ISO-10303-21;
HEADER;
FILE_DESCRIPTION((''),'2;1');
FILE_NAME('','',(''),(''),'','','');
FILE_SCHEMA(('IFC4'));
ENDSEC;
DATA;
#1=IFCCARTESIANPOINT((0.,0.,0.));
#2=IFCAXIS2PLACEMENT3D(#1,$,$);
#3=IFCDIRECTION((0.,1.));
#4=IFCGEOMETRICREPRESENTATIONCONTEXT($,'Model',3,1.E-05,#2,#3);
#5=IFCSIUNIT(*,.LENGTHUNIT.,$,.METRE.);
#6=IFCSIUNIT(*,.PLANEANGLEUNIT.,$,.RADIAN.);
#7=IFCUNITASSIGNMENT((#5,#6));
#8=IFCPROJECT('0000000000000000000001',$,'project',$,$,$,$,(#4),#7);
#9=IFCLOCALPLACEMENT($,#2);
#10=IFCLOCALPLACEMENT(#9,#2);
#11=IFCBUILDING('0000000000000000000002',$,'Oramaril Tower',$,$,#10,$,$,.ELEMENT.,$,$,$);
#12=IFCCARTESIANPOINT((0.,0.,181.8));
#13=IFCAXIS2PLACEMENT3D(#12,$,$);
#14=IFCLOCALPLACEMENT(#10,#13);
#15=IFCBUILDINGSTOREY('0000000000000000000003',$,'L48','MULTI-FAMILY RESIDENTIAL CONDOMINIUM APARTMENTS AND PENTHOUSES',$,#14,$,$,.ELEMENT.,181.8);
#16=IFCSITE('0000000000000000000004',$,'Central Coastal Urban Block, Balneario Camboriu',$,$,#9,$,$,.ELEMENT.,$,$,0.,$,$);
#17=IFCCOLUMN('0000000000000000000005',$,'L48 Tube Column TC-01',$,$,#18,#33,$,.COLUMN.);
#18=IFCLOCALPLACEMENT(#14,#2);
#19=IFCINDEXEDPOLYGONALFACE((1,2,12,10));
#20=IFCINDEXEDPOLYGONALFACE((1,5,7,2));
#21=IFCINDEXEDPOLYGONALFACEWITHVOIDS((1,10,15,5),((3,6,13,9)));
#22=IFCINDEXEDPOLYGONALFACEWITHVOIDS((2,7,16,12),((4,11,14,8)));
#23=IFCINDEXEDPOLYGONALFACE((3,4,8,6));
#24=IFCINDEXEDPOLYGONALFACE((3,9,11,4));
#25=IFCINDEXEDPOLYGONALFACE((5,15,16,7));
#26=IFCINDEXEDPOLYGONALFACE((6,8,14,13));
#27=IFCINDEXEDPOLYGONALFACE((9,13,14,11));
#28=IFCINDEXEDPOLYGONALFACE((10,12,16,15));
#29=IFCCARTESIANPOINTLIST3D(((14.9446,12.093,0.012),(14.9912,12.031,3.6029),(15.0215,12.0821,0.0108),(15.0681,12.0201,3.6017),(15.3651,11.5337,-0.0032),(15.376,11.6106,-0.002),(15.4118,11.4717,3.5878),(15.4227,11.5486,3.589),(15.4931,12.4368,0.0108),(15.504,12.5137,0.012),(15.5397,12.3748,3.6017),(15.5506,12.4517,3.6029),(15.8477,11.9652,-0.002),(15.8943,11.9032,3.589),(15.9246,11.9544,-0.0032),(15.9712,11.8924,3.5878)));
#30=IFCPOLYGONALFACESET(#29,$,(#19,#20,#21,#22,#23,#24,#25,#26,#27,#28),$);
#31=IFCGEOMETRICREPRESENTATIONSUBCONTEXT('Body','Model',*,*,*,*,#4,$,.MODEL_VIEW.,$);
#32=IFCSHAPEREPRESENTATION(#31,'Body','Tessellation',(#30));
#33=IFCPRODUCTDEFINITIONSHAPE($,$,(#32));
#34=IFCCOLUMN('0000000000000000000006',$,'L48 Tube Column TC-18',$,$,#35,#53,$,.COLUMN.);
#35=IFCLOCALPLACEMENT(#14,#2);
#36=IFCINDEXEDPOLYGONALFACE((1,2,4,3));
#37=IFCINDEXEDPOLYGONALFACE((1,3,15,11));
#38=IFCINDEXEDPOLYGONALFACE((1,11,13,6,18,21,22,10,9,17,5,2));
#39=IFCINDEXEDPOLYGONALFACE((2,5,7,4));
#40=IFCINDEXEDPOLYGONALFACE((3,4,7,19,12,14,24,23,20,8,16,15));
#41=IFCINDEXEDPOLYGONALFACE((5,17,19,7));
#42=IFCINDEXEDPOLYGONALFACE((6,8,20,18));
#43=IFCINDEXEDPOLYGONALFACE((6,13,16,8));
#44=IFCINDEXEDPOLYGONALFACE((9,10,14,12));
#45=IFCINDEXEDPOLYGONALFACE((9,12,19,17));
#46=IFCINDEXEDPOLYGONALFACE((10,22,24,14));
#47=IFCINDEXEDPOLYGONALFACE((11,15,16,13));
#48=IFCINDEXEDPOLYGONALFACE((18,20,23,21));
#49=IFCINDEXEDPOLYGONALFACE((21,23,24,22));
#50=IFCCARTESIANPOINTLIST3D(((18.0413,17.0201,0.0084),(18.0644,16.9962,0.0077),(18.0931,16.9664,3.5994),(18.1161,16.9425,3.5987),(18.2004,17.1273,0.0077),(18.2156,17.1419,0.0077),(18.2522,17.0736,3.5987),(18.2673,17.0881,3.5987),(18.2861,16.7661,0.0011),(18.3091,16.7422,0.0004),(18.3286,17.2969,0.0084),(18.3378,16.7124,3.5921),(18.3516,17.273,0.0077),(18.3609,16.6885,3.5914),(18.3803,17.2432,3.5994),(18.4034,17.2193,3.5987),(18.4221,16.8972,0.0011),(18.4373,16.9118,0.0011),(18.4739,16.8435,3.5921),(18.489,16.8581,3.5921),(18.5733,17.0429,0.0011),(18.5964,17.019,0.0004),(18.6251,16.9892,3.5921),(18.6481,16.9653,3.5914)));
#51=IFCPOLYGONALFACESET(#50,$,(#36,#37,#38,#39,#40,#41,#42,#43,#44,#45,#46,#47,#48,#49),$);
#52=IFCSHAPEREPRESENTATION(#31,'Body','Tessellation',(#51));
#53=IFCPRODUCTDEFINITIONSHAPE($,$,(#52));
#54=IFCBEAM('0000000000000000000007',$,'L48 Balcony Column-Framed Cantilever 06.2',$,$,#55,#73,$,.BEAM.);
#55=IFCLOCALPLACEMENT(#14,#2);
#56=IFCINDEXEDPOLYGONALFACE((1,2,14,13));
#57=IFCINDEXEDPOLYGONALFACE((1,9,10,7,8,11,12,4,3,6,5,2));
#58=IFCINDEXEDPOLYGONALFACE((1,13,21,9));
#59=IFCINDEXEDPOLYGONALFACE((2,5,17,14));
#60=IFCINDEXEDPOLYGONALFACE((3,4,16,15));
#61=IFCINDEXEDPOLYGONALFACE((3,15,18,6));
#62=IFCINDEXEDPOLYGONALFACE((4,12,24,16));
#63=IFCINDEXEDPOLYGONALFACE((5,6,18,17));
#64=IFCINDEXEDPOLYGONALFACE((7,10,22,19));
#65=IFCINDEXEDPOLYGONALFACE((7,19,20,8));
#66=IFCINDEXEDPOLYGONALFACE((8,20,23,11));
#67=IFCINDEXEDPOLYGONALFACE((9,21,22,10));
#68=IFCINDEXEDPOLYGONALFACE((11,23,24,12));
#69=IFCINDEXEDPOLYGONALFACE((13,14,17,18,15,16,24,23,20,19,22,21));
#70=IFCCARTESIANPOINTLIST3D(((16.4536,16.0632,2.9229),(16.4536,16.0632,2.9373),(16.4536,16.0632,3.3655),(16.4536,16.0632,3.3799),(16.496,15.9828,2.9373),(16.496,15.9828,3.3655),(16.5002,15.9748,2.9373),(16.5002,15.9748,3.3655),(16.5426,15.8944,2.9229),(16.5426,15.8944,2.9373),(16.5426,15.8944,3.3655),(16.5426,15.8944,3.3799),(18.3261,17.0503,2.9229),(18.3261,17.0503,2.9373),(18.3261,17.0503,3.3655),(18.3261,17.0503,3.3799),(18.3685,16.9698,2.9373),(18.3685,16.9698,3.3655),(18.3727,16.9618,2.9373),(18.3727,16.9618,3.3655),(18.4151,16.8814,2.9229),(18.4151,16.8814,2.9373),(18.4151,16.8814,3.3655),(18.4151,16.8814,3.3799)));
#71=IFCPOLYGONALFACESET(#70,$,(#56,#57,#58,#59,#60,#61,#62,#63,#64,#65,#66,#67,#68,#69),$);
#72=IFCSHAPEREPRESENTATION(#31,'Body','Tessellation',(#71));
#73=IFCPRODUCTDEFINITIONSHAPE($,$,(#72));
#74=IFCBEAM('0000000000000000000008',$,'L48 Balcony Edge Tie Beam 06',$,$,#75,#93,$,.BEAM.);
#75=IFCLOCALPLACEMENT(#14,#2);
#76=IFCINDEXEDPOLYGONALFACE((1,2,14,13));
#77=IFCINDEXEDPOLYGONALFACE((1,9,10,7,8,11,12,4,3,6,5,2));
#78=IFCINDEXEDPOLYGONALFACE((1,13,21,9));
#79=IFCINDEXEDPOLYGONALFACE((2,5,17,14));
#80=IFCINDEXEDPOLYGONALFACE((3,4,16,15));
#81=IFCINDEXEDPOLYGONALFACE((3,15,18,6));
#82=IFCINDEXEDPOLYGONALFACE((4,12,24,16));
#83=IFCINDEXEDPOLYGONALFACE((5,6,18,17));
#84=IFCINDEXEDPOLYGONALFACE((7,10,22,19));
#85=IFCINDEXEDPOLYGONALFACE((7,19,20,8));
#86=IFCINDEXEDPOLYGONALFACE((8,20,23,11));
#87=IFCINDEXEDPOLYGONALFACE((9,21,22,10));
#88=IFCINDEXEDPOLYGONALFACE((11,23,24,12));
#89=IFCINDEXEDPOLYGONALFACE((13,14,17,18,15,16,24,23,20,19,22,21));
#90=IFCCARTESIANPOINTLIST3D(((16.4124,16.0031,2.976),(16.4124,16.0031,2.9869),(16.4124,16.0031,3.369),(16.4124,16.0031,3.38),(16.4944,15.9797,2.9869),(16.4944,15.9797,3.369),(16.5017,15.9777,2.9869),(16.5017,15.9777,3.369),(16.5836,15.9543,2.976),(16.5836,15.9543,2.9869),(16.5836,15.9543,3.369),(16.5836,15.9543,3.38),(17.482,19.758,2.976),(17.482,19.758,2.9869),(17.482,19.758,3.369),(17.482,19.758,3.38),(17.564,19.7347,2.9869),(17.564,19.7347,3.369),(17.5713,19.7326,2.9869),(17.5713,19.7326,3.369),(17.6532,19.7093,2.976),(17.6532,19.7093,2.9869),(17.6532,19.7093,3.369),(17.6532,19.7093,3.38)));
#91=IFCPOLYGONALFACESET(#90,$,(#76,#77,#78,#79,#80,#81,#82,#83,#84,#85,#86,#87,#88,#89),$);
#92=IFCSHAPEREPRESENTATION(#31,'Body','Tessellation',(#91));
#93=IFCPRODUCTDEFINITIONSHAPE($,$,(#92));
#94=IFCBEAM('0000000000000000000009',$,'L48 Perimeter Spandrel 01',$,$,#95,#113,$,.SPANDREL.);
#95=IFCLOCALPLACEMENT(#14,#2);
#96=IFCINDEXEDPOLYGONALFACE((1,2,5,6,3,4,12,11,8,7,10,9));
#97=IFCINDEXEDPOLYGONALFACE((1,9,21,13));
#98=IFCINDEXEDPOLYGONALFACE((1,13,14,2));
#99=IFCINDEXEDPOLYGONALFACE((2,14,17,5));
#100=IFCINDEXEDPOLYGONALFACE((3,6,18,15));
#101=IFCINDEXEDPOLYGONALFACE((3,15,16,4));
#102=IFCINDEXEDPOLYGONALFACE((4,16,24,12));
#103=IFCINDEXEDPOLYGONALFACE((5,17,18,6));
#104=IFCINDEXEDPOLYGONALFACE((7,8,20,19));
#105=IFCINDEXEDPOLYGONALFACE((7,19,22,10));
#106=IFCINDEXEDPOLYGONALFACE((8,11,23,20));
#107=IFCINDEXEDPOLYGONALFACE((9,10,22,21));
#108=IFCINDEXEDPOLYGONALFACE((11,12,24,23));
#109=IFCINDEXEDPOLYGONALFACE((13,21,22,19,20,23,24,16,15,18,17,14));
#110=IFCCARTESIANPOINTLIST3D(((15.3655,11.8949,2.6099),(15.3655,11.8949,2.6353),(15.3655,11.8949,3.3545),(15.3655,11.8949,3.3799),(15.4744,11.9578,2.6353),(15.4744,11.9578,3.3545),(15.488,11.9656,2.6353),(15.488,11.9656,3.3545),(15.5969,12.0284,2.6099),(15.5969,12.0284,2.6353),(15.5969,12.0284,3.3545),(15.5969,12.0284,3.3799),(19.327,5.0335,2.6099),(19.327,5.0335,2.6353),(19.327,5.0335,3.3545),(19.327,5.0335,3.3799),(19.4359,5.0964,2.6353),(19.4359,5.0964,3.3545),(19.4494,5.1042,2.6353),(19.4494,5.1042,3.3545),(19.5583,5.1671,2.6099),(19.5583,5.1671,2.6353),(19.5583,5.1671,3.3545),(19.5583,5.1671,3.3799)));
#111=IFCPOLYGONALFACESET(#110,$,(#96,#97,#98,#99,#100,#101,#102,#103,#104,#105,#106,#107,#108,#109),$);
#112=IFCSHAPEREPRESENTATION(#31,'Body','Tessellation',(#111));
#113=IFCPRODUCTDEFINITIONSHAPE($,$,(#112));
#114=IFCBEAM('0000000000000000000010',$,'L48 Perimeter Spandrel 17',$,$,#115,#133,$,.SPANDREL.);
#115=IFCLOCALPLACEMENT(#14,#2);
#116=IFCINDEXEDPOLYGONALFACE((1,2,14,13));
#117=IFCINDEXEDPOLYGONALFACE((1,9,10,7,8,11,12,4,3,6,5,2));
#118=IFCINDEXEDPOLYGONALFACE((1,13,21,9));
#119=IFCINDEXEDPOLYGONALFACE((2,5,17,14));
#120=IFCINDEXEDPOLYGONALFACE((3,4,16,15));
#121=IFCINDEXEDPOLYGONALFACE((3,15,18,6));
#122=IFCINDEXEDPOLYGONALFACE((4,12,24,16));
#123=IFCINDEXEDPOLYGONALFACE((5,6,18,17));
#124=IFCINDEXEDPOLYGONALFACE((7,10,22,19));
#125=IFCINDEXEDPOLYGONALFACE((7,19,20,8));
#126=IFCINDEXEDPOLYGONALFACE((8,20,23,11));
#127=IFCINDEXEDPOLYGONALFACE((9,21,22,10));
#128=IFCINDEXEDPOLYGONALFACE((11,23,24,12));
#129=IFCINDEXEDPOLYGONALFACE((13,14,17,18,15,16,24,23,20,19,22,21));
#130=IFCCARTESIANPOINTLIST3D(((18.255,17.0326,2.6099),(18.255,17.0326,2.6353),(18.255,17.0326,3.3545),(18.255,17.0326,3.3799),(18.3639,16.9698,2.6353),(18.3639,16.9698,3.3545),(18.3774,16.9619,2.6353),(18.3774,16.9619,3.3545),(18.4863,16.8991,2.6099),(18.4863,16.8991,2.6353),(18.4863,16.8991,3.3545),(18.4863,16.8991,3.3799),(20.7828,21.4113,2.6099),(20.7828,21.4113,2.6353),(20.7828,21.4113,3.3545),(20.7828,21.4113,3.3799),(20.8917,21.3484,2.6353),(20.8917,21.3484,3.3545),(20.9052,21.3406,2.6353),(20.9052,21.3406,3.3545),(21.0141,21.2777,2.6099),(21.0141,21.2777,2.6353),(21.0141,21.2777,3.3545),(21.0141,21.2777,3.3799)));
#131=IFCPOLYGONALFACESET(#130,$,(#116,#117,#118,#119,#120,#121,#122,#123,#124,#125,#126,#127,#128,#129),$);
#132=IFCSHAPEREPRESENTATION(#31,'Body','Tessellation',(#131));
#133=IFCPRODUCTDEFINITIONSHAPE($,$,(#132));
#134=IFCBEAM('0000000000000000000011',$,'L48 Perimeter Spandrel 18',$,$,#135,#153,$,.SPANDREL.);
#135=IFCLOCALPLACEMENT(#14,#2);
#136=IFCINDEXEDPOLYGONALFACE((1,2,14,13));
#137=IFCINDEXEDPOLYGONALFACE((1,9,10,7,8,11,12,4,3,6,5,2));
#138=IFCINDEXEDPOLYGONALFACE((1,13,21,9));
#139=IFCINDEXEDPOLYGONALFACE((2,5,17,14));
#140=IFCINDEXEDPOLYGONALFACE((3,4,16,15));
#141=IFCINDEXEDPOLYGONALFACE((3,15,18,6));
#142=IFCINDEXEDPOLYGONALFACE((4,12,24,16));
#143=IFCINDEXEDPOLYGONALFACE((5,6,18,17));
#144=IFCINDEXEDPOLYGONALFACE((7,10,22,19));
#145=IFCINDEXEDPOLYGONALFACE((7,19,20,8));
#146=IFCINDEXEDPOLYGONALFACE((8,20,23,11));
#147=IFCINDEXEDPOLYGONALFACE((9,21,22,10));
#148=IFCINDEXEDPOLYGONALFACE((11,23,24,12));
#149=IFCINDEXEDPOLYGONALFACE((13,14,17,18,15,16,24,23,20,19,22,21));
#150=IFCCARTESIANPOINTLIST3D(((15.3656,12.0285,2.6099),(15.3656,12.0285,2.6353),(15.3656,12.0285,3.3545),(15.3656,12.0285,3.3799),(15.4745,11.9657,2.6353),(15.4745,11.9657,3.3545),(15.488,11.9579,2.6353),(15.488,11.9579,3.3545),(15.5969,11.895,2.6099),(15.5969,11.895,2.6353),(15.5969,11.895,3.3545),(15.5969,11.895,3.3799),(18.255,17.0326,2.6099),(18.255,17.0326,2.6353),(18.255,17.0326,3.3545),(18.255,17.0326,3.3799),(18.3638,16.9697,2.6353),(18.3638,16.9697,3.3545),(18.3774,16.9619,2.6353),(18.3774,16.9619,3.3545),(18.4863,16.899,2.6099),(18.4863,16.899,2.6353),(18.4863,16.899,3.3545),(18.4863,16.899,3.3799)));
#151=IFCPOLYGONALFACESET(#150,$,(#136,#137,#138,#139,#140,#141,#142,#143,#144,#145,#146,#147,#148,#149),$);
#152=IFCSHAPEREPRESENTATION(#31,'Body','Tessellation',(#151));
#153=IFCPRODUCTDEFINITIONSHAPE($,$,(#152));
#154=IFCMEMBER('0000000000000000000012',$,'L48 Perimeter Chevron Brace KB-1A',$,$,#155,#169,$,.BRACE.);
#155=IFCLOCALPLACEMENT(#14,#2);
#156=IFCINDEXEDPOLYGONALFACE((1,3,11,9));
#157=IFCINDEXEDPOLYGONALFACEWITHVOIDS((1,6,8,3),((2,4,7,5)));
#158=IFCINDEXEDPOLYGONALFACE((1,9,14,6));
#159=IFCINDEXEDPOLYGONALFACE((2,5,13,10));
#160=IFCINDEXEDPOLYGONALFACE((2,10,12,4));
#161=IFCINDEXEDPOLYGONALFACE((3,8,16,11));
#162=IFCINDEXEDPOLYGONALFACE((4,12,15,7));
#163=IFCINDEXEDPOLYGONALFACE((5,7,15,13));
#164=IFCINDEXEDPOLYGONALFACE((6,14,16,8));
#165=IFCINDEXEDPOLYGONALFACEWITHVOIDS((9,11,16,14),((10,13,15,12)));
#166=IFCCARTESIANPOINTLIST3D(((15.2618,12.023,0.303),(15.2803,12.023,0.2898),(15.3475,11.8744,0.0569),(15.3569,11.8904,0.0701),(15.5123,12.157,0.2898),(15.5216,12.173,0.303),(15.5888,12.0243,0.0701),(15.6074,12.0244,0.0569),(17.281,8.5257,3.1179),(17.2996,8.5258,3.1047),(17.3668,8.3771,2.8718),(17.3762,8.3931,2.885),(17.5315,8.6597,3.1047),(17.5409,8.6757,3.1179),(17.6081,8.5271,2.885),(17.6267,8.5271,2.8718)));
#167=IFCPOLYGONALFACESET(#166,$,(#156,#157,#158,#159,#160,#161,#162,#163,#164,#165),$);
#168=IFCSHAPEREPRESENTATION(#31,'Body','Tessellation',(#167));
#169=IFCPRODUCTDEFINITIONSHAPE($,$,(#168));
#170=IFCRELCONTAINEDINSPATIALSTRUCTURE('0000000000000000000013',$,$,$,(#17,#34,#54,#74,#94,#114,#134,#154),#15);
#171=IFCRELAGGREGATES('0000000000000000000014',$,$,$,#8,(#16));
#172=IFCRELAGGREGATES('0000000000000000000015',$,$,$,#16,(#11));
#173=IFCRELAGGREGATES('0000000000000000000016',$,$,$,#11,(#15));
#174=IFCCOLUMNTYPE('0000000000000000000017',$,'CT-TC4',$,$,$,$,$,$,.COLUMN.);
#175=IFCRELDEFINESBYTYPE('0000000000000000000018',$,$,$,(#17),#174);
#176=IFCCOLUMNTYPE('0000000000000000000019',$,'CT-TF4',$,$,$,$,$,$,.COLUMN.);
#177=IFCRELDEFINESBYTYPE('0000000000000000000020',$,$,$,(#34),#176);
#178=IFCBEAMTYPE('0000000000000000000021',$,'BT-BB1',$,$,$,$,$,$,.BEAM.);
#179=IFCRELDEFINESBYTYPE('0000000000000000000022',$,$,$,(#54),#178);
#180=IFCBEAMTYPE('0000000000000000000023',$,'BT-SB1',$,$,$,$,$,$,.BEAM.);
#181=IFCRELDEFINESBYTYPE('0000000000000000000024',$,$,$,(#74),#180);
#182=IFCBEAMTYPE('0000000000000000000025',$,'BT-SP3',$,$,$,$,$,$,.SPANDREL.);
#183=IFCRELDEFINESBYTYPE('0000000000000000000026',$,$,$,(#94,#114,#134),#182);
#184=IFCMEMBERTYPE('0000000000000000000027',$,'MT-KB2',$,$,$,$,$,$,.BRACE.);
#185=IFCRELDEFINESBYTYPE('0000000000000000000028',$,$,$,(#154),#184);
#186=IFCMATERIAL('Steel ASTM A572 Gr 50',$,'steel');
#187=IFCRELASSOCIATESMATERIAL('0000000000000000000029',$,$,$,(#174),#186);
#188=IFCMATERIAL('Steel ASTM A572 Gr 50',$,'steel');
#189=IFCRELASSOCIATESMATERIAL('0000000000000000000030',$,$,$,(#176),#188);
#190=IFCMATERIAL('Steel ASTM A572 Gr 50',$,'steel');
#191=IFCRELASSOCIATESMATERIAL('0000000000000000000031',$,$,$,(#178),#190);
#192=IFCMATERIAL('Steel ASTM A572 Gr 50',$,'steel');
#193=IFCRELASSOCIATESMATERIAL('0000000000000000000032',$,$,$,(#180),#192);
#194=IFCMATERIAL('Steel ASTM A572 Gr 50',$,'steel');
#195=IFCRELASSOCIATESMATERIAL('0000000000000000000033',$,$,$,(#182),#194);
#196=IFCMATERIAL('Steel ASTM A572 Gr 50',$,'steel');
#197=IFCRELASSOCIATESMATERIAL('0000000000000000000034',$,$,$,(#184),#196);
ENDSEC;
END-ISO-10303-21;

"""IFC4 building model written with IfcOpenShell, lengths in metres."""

from ifc_helpers import new_model, si_unit, direction, frame, origin, origin_2d, place, context, subcontext, project, spatial, hollow_rectangle, i_section, extrude, material, material_profile, profile_set, type_object, element, save


model = new_model("IFC4")

# Units and contexts
model_context = context("Model", 3, precision=1e-05, world=origin(), true_north=direction((0.0, 1.0)))
body_context = subcontext(model_context, "Body", "Model", "MODEL_VIEW")
ifc_project = project(units=[si_unit("LENGTHUNIT", "METRE"), si_unit("PLANEANGLEUNIT", "RADIAN")], contexts=[model_context])

# Site, building, storey
site_placement = place(None, origin())
site = spatial("IfcSite", under=ifc_project, at=site_placement, Name="Central Coastal Urban Block, Balneario Camboriu", CompositionType="ELEMENT", RefElevation=0.0)
building_placement = place(site_placement, origin())
building = spatial("IfcBuilding", under=site, at=building_placement, Name="Oramaril Tower", CompositionType="ELEMENT")
storey_placement = place(building_placement, frame((0.0, 0.0, 181.8)))
storey = spatial("IfcBuildingStorey", under=building, at=storey_placement, Name="L48", Description="MULTI-FAMILY RESIDENTIAL CONDOMINIUM APARTMENTS AND PENTHOUSES", CompositionType="ELEMENT", Elevation=181.8)

# Columns
ifc_material_1 = material(Name="Steel ASTM A572 Gr 50", Category="steel")
ifc_material_profile_1 = material_profile(ifc_material_1, hollow_rectangle(XDim=0.7, YDim=0.7, WallThickness=0.0549, at=origin_2d()), Name="BOX700X700X55")
ifc_profile_set_1 = profile_set([ifc_material_profile_1], Name="Steel ASTM A572 Gr 50")
column_type_1 = type_object("IfcColumnType", Name="CT-TC4", PredefinedType="COLUMN", material=ifc_profile_set_1)
column_1_placement = place(storey_placement, frame((15.4346, 12.0237, 0.0044), z_axis=(0.012982, -0.017264, 0.999767), x_axis=(0.799244, 0.601006, 0.0)))
element("IfcColumn", 1, at=column_1_placement, inside=storey, type_object=column_type_1, Name="L48 Tube Column TC-01", PredefinedType="COLUMN", context=body_context, shape_type="SweptSolid", body=[
    extrude(hollow_rectangle(XDim=0.7, YDim=0.7, WallThickness=0.0549, at=origin_2d()), origin(), (0.0, 0.0, 1.0), 3.5918),
])
ifc_material_2 = material(Name="Steel ASTM A572 Gr 50", Category="steel")
ifc_material_profile_2 = material_profile(ifc_material_2, i_section(OverallWidth=0.3989, OverallDepth=0.386, WebThickness=0.021, FlangeThickness=0.0332, at=origin_2d()), Name="W14X176")
ifc_profile_set_2 = profile_set([ifc_material_profile_2], Name="Steel ASTM A572 Gr 50")
column_type_2 = type_object("IfcColumnType", Name="CT-TF4", PredefinedType="COLUMN", material=ifc_profile_set_2)
column_2_placement = place(storey_placement, frame((18.3188, 17.0195, 0.0044), z_axis=(0.01441, -0.014954, 0.999784), x_axis=(0.720078, 0.693893, 0.0)))
element("IfcColumn", 2, at=column_2_placement, inside=storey, type_object=column_type_2, Name="L48 Tube Column TC-18", PredefinedType="COLUMN", context=body_context, shape_type="SweptSolid", body=[
    extrude(i_section(OverallWidth=0.3989, OverallDepth=0.386, WebThickness=0.021, FlangeThickness=0.0332, at=origin_2d()), origin(), (0.0, 0.0, 1.0), 3.5918),
])

# Beams
ifc_material_3 = material(Name="Steel ASTM A572 Gr 50", Category="steel")
ifc_material_profile_3 = material_profile(ifc_material_3, i_section(OverallWidth=0.1909, OverallDepth=0.457, WebThickness=0.009, FlangeThickness=0.0144, at=origin_2d()), Name="W18X50")
ifc_profile_set_3 = profile_set([ifc_material_profile_3], Name="Steel ASTM A572 Gr 50")
beam_type_1 = type_object("IfcBeamType", Name="BT-BB1", PredefinedType="BEAM", material=ifc_profile_set_3)
beam_1_placement = place(storey_placement, frame((18.3706, 16.9658, 3.1514), z_axis=(-0.884625, -0.466303, 0.0), x_axis=(0.466303, -0.884625, 0.0)))
element("IfcBeam", 3, at=beam_1_placement, inside=storey, type_object=beam_type_1, Name="L48 Balcony Column-Framed Cantilever 06.2", PredefinedType="BEAM", context=body_context, shape_type="SweptSolid", body=[
    extrude(i_section(OverallWidth=0.1909, OverallDepth=0.457, WebThickness=0.009, FlangeThickness=0.0144, at=origin_2d()), origin(), (0.0, 0.0, 1.0), 2.1167),
])
ifc_material_4 = material(Name="Steel ASTM A572 Gr 50", Category="steel")
ifc_material_profile_4 = material_profile(ifc_material_4, i_section(OverallWidth=0.178, OverallDepth=0.4041, WebThickness=0.0076, FlangeThickness=0.011, at=origin_2d()), Name="W16X36")
ifc_profile_set_4 = profile_set([ifc_material_profile_4], Name="Steel ASTM A572 Gr 50")
beam_type_2 = type_object("IfcBeamType", Name="BT-SB1", PredefinedType="BEAM", material=ifc_profile_set_4)
beam_2_placement = place(storey_placement, frame((17.5676, 19.7336, 3.178), z_axis=(-0.273953, -0.961743, 0.0), x_axis=(0.961743, -0.273953, 0.0)))
element("IfcBeam", 4, at=beam_2_placement, inside=storey, type_object=beam_type_2, Name="L48 Balcony Edge Tie Beam 06", PredefinedType="BEAM", context=body_context, shape_type="SweptSolid", body=[
    extrude(i_section(OverallWidth=0.178, OverallDepth=0.4041, WebThickness=0.0076, FlangeThickness=0.011, at=origin_2d()), origin(), (0.0, 0.0, 1.0), 3.9043),
])
ifc_material_5 = material(Name="Steel ASTM A572 Gr 50", Category="steel")
ifc_material_profile_5 = material_profile(ifc_material_5, i_section(OverallWidth=0.2671, OverallDepth=0.77, WebThickness=0.0156, FlangeThickness=0.0254, at=origin_2d()), Name="W30X132")
ifc_profile_set_5 = profile_set([ifc_material_profile_5], Name="Steel ASTM A572 Gr 50")
beam_type_3 = type_object("IfcBeamType", Name="BT-SP3", PredefinedType="SPANDREL", material=ifc_profile_set_5)
beam_3_placement = place(storey_placement, frame((15.4812, 11.9617, 2.9949), z_axis=(0.500003, -0.866023, 0.0), x_axis=(0.866023, 0.500003, 0.0)))
element("IfcBeam", 5, at=beam_3_placement, inside=storey, type_object=beam_type_3, Name="L48 Perimeter Spandrel 01", PredefinedType="SPANDREL", context=body_context, shape_type="SweptSolid", body=[
    extrude(i_section(OverallWidth=0.2671, OverallDepth=0.77, WebThickness=0.0156, FlangeThickness=0.0254, at=origin_2d()), origin(), (0.0, 0.0, 1.0), 7.9229),
])
beam_4_placement = place(storey_placement, frame((20.8984, 21.3445, 2.9949), z_axis=(-0.499972, -0.866042, 0.0), x_axis=(0.866042, -0.499972, 0.0)))
element("IfcBeam", 6, at=beam_4_placement, inside=storey, type_object=beam_type_3, Name="L48 Perimeter Spandrel 17", PredefinedType="SPANDREL", context=body_context, shape_type="SweptSolid", body=[
    extrude(i_section(OverallWidth=0.2671, OverallDepth=0.77, WebThickness=0.0156, FlangeThickness=0.0254, at=origin_2d()), origin(), (0.0, 0.0, 1.0), 5.0559),
])
beam_5_placement = place(storey_placement, frame((18.3706, 16.9658, 2.9949), z_axis=(-0.500033, -0.866006, 0.0), x_axis=(0.866006, -0.500033, 0.0)))
element("IfcBeam", 7, at=beam_5_placement, inside=storey, type_object=beam_type_3, Name="L48 Perimeter Spandrel 18", PredefinedType="SPANDREL", context=body_context, shape_type="SweptSolid", body=[
    extrude(i_section(OverallWidth=0.2671, OverallDepth=0.77, WebThickness=0.0156, FlangeThickness=0.0254, at=origin_2d()), origin(), (0.0, 0.0, 1.0), 5.7783),
])

# Member
ifc_material_6 = material(Name="Steel ASTM A572 Gr 50", Category="steel")
ifc_material_profile_6 = material_profile(ifc_material_6, hollow_rectangle(XDim=0.3, YDim=0.3, WallThickness=0.0161, at=origin_2d()), Name="HSS300X300X16")
ifc_profile_set_6 = profile_set([ifc_material_profile_6], Name="Steel ASTM A572 Gr 50")
member_type = type_object("IfcMemberType", Name="MT-KB2", PredefinedType="BRACE", material=ifc_profile_set_6)
member_placement = place(storey_placement, frame((15.4346, 12.0237, 0.1799), z_axis=(0.410202, -0.710452, 0.571833), x_axis=(0.866013, 0.500021, 0.0)))
element("IfcMember", 8, at=member_placement, inside=storey, type_object=member_type, Name="L48 Perimeter Chevron Brace KB-1A", PredefinedType="BRACE", context=body_context, shape_type="SweptSolid", body=[
    extrude(hollow_rectangle(XDim=0.3, YDim=0.3, WallThickness=0.0161, at=origin_2d()), origin(), (0.0, 0.0, 1.0), 4.9226),
])

save(model, "model.ifc")
